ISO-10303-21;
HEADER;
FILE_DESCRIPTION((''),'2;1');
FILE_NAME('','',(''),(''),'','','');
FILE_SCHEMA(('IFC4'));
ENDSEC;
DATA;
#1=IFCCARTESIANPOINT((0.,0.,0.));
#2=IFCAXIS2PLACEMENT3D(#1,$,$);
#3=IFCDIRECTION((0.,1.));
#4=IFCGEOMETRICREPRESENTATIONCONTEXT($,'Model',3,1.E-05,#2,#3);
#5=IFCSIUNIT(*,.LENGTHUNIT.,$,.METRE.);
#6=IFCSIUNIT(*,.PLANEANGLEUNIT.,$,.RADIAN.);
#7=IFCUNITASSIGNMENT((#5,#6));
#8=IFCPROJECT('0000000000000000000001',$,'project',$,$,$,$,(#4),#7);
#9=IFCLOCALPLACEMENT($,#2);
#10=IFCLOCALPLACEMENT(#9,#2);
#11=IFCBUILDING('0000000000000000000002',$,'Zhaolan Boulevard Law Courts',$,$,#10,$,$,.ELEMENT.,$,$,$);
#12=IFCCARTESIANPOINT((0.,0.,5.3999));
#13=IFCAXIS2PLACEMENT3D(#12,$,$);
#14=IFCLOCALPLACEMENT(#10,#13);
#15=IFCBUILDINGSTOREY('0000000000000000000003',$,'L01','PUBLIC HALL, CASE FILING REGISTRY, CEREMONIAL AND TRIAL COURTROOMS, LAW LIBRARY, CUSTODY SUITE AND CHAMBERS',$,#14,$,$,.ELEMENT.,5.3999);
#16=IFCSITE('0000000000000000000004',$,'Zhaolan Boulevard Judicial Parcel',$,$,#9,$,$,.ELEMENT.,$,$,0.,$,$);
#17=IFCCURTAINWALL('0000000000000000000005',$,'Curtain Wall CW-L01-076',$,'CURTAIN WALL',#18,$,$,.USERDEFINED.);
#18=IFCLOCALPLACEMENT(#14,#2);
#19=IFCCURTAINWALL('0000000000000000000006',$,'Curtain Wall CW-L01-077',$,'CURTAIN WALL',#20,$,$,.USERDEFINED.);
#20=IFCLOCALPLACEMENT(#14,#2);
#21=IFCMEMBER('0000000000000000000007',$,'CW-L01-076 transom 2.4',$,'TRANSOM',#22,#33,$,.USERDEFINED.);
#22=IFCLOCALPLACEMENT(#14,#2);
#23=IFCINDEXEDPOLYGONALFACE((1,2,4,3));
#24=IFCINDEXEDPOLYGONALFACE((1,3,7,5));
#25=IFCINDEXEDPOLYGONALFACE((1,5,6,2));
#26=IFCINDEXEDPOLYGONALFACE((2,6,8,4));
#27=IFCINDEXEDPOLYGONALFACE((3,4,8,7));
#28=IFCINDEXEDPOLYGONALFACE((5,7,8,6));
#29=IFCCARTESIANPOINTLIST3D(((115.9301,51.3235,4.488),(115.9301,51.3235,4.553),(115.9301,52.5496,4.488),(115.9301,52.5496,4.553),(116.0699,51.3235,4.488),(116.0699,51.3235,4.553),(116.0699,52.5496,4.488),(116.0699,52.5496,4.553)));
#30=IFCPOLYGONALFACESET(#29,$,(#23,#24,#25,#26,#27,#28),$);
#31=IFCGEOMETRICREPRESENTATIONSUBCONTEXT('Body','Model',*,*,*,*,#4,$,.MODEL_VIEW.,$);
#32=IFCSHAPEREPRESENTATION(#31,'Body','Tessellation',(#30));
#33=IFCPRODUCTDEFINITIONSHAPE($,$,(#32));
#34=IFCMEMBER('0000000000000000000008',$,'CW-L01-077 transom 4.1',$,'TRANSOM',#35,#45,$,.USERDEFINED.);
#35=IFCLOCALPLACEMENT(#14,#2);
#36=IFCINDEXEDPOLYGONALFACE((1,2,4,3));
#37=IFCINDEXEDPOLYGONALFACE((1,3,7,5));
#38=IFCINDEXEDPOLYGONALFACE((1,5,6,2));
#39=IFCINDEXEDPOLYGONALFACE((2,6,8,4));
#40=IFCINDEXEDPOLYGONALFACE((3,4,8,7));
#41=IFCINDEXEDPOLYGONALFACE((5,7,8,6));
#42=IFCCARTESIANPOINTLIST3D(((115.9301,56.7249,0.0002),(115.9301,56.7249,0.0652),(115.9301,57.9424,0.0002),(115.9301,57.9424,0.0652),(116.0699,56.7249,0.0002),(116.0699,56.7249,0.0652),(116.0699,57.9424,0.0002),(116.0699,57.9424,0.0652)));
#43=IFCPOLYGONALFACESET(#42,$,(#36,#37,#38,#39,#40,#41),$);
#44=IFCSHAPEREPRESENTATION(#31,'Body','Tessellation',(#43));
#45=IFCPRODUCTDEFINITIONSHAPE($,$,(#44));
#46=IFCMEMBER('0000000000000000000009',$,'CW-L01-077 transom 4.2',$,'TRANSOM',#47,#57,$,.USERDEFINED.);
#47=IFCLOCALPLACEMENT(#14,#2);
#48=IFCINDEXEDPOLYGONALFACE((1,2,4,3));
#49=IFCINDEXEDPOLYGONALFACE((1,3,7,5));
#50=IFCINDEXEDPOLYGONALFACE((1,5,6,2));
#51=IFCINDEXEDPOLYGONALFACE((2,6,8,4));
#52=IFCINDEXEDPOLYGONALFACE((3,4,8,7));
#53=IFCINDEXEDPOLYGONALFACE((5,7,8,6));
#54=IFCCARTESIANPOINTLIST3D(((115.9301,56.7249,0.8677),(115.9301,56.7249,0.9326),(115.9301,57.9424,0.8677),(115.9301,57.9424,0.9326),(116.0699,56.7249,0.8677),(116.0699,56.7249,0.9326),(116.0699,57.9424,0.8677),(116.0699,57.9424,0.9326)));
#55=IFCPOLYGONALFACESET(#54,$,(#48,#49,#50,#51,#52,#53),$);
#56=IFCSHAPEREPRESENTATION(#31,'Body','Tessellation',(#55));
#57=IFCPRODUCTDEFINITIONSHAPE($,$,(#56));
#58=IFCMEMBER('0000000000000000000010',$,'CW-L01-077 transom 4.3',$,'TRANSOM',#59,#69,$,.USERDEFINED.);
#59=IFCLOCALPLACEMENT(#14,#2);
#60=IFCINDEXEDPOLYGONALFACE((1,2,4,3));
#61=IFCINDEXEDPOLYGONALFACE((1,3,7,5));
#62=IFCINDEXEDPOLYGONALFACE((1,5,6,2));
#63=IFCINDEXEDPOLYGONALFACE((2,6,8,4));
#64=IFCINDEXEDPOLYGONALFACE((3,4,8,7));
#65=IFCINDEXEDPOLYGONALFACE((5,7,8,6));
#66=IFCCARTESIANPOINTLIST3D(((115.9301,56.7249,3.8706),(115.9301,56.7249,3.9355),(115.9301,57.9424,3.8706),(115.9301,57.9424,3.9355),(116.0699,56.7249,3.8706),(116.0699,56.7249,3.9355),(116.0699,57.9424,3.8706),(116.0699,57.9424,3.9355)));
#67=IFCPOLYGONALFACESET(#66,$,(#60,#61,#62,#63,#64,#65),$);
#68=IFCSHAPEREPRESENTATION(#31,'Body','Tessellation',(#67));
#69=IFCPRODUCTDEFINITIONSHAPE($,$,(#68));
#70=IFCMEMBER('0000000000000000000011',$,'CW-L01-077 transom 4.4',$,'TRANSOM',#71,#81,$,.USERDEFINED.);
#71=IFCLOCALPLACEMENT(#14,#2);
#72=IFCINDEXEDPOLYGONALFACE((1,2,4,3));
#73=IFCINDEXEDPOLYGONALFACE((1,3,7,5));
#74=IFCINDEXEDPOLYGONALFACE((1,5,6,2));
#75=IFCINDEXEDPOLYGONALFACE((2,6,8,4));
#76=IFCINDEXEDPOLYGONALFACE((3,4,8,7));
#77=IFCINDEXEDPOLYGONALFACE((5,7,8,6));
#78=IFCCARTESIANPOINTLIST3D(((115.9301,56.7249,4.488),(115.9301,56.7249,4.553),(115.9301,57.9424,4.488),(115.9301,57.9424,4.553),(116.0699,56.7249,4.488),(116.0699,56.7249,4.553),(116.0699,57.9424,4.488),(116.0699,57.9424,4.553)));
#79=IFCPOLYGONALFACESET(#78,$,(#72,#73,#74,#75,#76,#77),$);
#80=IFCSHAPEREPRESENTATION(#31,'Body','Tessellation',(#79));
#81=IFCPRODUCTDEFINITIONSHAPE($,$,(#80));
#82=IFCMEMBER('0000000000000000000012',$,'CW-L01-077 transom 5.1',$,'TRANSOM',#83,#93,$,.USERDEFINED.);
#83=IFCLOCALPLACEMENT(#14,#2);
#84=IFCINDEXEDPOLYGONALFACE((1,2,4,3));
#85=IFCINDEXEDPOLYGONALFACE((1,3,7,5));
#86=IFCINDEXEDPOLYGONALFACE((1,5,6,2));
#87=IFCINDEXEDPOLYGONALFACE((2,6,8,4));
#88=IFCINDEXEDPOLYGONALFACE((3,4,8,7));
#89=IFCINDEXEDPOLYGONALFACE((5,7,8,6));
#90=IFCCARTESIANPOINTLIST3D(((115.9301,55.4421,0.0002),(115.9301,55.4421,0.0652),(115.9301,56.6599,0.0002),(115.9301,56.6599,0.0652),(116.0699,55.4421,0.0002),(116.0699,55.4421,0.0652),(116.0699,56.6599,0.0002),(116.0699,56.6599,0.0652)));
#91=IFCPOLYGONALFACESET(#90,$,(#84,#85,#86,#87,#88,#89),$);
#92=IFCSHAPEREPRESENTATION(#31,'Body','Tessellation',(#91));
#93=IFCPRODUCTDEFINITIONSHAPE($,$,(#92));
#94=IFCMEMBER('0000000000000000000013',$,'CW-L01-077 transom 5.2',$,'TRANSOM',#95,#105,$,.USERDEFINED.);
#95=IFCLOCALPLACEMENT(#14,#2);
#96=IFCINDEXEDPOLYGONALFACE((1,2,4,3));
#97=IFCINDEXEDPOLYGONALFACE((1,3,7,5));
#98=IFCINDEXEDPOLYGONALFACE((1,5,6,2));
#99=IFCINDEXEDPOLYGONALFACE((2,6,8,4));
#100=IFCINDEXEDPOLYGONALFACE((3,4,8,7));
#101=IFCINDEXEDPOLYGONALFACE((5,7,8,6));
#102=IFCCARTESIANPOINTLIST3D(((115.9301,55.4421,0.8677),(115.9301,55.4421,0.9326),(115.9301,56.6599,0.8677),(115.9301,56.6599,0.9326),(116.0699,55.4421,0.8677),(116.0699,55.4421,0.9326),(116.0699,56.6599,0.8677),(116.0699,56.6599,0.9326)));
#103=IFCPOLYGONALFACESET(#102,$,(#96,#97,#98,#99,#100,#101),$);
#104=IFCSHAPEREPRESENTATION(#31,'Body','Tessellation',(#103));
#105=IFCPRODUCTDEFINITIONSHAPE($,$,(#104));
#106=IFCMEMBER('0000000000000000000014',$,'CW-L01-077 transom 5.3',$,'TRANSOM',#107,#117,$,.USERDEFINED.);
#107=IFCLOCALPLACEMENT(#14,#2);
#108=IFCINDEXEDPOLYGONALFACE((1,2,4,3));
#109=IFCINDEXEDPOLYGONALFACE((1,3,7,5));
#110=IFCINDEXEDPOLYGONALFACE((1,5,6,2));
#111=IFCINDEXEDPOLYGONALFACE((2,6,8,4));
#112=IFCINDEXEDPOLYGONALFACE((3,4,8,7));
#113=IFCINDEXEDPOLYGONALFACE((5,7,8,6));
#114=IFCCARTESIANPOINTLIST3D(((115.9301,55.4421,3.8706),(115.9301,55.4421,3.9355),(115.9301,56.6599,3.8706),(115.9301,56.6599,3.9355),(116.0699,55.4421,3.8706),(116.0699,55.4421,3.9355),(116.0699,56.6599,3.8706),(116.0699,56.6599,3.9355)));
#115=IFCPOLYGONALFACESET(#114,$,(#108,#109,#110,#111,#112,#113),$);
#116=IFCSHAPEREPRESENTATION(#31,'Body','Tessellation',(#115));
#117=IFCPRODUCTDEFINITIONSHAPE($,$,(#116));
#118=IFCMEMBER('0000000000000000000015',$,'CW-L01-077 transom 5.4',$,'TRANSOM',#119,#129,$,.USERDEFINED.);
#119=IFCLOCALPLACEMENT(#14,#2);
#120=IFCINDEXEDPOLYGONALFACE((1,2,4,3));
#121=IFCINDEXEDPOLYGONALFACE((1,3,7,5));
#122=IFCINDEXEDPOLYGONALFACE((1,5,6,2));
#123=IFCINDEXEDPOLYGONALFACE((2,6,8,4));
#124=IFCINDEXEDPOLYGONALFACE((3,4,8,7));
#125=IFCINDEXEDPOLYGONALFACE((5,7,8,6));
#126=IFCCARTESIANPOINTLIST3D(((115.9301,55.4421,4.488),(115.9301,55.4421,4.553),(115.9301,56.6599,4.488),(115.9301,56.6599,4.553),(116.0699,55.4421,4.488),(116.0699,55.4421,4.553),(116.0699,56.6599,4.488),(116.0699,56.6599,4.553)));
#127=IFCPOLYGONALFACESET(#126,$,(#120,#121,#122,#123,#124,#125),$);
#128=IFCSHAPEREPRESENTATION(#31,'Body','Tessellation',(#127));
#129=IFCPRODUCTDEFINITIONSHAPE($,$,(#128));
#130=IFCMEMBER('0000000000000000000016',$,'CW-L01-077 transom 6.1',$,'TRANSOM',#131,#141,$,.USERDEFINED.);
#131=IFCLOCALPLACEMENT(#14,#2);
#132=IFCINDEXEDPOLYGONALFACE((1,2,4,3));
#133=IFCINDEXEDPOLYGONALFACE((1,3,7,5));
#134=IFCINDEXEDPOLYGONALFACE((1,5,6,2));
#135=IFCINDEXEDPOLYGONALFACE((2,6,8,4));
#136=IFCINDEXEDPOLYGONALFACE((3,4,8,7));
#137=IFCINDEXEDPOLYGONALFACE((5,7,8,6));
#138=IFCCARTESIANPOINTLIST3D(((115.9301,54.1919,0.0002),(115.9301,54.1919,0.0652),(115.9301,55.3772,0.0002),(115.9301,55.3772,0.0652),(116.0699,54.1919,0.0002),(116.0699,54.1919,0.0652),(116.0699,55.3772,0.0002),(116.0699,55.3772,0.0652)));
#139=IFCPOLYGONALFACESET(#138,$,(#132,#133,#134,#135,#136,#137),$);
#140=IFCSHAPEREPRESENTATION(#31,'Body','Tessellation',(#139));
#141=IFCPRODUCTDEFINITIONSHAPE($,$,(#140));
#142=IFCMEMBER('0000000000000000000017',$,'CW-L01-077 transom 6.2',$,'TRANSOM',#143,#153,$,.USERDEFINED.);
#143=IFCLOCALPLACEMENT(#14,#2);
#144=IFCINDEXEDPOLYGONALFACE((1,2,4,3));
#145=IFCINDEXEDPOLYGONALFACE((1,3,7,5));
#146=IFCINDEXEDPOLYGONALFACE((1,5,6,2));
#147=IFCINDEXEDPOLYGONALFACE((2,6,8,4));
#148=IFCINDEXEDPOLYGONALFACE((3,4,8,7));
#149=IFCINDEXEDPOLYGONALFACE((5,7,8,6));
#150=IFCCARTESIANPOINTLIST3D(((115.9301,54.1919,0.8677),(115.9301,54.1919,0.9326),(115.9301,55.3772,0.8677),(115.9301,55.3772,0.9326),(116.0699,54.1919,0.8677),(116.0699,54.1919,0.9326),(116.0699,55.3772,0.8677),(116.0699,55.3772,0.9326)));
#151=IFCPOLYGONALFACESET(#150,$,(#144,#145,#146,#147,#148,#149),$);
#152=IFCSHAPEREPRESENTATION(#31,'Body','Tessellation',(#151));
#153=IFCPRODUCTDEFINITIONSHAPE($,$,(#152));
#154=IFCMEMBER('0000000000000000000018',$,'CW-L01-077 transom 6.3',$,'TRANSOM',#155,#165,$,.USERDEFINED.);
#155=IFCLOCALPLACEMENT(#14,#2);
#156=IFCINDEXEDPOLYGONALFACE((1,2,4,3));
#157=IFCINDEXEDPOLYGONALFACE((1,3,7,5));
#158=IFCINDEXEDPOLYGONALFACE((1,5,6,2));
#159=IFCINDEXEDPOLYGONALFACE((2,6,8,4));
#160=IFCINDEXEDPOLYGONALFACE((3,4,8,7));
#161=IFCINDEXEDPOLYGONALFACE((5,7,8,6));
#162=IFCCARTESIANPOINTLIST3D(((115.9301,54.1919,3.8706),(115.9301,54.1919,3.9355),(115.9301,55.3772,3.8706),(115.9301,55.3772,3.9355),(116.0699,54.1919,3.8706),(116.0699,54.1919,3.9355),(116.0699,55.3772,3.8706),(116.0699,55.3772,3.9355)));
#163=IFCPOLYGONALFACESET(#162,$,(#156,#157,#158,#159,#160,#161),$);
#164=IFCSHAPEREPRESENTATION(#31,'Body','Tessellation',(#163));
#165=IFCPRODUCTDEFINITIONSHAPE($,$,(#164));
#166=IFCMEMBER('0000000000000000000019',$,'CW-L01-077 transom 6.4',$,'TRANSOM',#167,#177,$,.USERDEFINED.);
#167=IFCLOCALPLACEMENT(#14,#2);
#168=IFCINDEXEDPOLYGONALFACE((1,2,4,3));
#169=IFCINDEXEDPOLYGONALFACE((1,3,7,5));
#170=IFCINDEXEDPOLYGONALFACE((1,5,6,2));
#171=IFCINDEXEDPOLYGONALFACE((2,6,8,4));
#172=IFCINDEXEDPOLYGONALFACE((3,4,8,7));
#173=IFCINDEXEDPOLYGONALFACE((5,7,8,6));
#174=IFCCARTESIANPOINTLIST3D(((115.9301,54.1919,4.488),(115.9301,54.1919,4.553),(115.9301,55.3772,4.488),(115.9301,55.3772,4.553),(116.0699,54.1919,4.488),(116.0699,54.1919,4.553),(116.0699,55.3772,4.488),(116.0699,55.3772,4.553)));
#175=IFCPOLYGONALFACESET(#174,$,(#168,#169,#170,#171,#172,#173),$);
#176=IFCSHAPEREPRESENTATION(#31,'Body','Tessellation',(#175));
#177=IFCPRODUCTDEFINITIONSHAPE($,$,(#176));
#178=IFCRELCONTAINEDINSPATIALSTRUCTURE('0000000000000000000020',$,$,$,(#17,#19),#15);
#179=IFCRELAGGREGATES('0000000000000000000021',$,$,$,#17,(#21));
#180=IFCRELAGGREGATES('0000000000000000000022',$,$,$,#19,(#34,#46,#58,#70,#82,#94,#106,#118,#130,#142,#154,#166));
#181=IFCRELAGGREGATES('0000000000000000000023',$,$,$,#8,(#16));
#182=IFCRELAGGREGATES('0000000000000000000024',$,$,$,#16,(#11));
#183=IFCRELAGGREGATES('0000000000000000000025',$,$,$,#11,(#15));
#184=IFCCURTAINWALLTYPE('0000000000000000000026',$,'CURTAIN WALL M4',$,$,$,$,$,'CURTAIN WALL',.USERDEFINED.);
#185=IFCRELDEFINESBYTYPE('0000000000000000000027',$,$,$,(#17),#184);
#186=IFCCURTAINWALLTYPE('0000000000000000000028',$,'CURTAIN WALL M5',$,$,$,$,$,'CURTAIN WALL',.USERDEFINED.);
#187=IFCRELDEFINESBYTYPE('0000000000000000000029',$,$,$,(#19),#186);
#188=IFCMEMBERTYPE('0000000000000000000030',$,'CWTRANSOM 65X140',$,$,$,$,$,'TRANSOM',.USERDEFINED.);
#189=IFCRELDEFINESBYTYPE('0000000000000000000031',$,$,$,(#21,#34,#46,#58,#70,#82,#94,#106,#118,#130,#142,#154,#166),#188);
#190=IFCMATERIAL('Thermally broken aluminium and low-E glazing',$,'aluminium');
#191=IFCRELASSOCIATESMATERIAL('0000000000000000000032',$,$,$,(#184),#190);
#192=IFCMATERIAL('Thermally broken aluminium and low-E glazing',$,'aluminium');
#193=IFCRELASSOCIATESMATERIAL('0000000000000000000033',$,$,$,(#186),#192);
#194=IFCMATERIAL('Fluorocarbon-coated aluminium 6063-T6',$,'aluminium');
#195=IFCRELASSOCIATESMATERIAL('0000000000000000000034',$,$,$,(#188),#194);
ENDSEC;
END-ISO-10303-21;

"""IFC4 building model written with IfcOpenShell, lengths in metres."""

from ifc_helpers import new_model, si_unit, direction, frame, origin, origin_2d, place, context, subcontext, project, spatial, rectangle, extrude, material, material_profile, profile_set, type_object, element, aggregate, save


model = new_model("IFC4")

# Units and contexts
model_context = context("Model", 3, precision=1e-05, world=origin(), true_north=direction((0.0, 1.0)))
body_context = subcontext(model_context, "Body", "Model", "MODEL_VIEW")
ifc_project = project(units=[si_unit("LENGTHUNIT", "METRE"), si_unit("PLANEANGLEUNIT", "RADIAN")], contexts=[model_context])

# Site, building, storey
site_placement = place(None, origin())
site = spatial("IfcSite", under=ifc_project, at=site_placement, Name="Zhaolan Boulevard Judicial Parcel", CompositionType="ELEMENT", RefElevation=0.0)
building_placement = place(site_placement, origin())
building = spatial("IfcBuilding", under=site, at=building_placement, Name="Zhaolan Boulevard Law Courts", CompositionType="ELEMENT")
storey_placement = place(building_placement, frame((0.0, 0.0, 5.3999)))
storey = spatial("IfcBuildingStorey", under=building, at=storey_placement, Name="L01", Description="PUBLIC HALL, CASE FILING REGISTRY, CEREMONIAL AND TRIAL COURTROOMS, LAW LIBRARY, CUSTODY SUITE AND CHAMBERS", CompositionType="ELEMENT", Elevation=5.3999)

# Curtain walls
ifc_material_1 = material(Name="Thermally broken aluminium and low-E glazing", Category="aluminium")
curtain_wall_type_1 = type_object("IfcCurtainWallType", Name="CURTAIN WALL M4", ElementType="CURTAIN WALL", PredefinedType="USERDEFINED", material=ifc_material_1)
curtain_wall_1_placement = place(storey_placement, origin())
curtain_wall_1 = element("IfcCurtainWall", 1, at=curtain_wall_1_placement, inside=storey, type_object=curtain_wall_type_1, Name="Curtain Wall CW-L01-076", ObjectType="CURTAIN WALL", PredefinedType="USERDEFINED")
ifc_material_2 = material(Name="Thermally broken aluminium and low-E glazing", Category="aluminium")
curtain_wall_type_2 = type_object("IfcCurtainWallType", Name="CURTAIN WALL M5", ElementType="CURTAIN WALL", PredefinedType="USERDEFINED", material=ifc_material_2)
curtain_wall_2_placement = place(storey_placement, origin())
curtain_wall_2 = element("IfcCurtainWall", 2, at=curtain_wall_2_placement, inside=storey, type_object=curtain_wall_type_2, Name="Curtain Wall CW-L01-077", ObjectType="CURTAIN WALL", PredefinedType="USERDEFINED")

# Members
ifc_material_3 = material(Name="Fluorocarbon-coated aluminium 6063-T6", Category="aluminium")
ifc_material_profile_1 = material_profile(ifc_material_3, rectangle(XDim=0.1399, YDim=0.0649, at=origin_2d()), Name="AL65x140")
ifc_profile_set_1 = profile_set([ifc_material_profile_1], Name="Fluorocarbon-coated aluminium 6063-T6")
member_type_1 = type_object("IfcMemberType", Name="CWTRANSOM 65X140", ElementType="TRANSOM", PredefinedType="USERDEFINED", material=ifc_profile_set_1)
member_1_placement = place(storey_placement, frame((116.0, 52.5496, 4.5205), z_axis=(0.0, -1.0, 0.0), x_axis=(1.0, 0.0, 0.0)))
member_1 = element("IfcMember", 3, at=member_1_placement, type_object=member_type_1, Name="CW-L01-076 transom 2.4", ObjectType="TRANSOM", PredefinedType="USERDEFINED", context=body_context, shape_type="SweptSolid", body=[
    extrude(rectangle(XDim=0.1399, YDim=0.0649, at=origin_2d()), origin(), (0.0, 0.0, 1.0), 1.2261),
])
member_2_placement = place(storey_placement, frame((116.0, 57.9424, 0.0327), z_axis=(0.0, -1.0, 0.0), x_axis=(1.0, 0.0, 0.0)))
member_2 = element("IfcMember", 4, at=member_2_placement, type_object=member_type_1, Name="CW-L01-077 transom 4.1", ObjectType="TRANSOM", PredefinedType="USERDEFINED", context=body_context, shape_type="SweptSolid", body=[
    extrude(rectangle(XDim=0.1399, YDim=0.0649, at=origin_2d()), origin(), (0.0, 0.0, 1.0), 1.2175),
])
member_3_placement = place(storey_placement, frame((116.0, 57.9424, 0.9001), z_axis=(0.0, -1.0, 0.0), x_axis=(1.0, 0.0, 0.0)))
member_3 = element("IfcMember", 5, at=member_3_placement, type_object=member_type_1, Name="CW-L01-077 transom 4.2", ObjectType="TRANSOM", PredefinedType="USERDEFINED", context=body_context, shape_type="SweptSolid", body=[
    extrude(rectangle(XDim=0.1399, YDim=0.0649, at=origin_2d()), origin(), (0.0, 0.0, 1.0), 1.2175),
])
member_4_placement = place(storey_placement, frame((116.0, 57.9424, 3.9031), z_axis=(0.0, -1.0, 0.0), x_axis=(1.0, 0.0, 0.0)))
member_4 = element("IfcMember", 6, at=member_4_placement, type_object=member_type_1, Name="CW-L01-077 transom 4.3", ObjectType="TRANSOM", PredefinedType="USERDEFINED", context=body_context, shape_type="SweptSolid", body=[
    extrude(rectangle(XDim=0.1399, YDim=0.0649, at=origin_2d()), origin(), (0.0, 0.0, 1.0), 1.2175),
])
member_5_placement = place(storey_placement, frame((116.0, 57.9424, 4.5205), z_axis=(0.0, -1.0, 0.0), x_axis=(1.0, 0.0, 0.0)))
member_5 = element("IfcMember", 7, at=member_5_placement, type_object=member_type_1, Name="CW-L01-077 transom 4.4", ObjectType="TRANSOM", PredefinedType="USERDEFINED", context=body_context, shape_type="SweptSolid", body=[
    extrude(rectangle(XDim=0.1399, YDim=0.0649, at=origin_2d()), origin(), (0.0, 0.0, 1.0), 1.2175),
])
member_6_placement = place(storey_placement, frame((116.0, 56.6599, 0.0327), z_axis=(0.0, -1.0, 0.0), x_axis=(1.0, 0.0, 0.0)))
member_6 = element("IfcMember", 8, at=member_6_placement, type_object=member_type_1, Name="CW-L01-077 transom 5.1", ObjectType="TRANSOM", PredefinedType="USERDEFINED", context=body_context, shape_type="SweptSolid", body=[
    extrude(rectangle(XDim=0.1399, YDim=0.0649, at=origin_2d()), origin(), (0.0, 0.0, 1.0), 1.2178),
])
member_7_placement = place(storey_placement, frame((116.0, 56.6599, 0.9001), z_axis=(0.0, -1.0, 0.0), x_axis=(1.0, 0.0, 0.0)))
member_7 = element("IfcMember", 9, at=member_7_placement, type_object=member_type_1, Name="CW-L01-077 transom 5.2", ObjectType="TRANSOM", PredefinedType="USERDEFINED", context=body_context, shape_type="SweptSolid", body=[
    extrude(rectangle(XDim=0.1399, YDim=0.0649, at=origin_2d()), origin(), (0.0, 0.0, 1.0), 1.2178),
])
member_8_placement = place(storey_placement, frame((116.0, 56.6599, 3.9031), z_axis=(0.0, -1.0, 0.0), x_axis=(1.0, 0.0, 0.0)))
member_8 = element("IfcMember", 10, at=member_8_placement, type_object=member_type_1, Name="CW-L01-077 transom 5.3", ObjectType="TRANSOM", PredefinedType="USERDEFINED", context=body_context, shape_type="SweptSolid", body=[
    extrude(rectangle(XDim=0.1399, YDim=0.0649, at=origin_2d()), origin(), (0.0, 0.0, 1.0), 1.2178),
])
member_9_placement = place(storey_placement, frame((116.0, 56.6599, 4.5205), z_axis=(0.0, -1.0, 0.0), x_axis=(1.0, 0.0, 0.0)))
member_9 = element("IfcMember", 11, at=member_9_placement, type_object=member_type_1, Name="CW-L01-077 transom 5.4", ObjectType="TRANSOM", PredefinedType="USERDEFINED", context=body_context, shape_type="SweptSolid", body=[
    extrude(rectangle(XDim=0.1399, YDim=0.0649, at=origin_2d()), origin(), (0.0, 0.0, 1.0), 1.2178),
])
member_10_placement = place(storey_placement, frame((116.0, 55.3772, 0.0327), z_axis=(0.0, -1.0, 0.0), x_axis=(1.0, 0.0, 0.0)))
member_10 = element("IfcMember", 12, at=member_10_placement, type_object=member_type_1, Name="CW-L01-077 transom 6.1", ObjectType="TRANSOM", PredefinedType="USERDEFINED", context=body_context, shape_type="SweptSolid", body=[
    extrude(rectangle(XDim=0.1399, YDim=0.0649, at=origin_2d()), origin(), (0.0, 0.0, 1.0), 1.1853),
])
member_11_placement = place(storey_placement, frame((116.0, 55.3772, 0.9001), z_axis=(0.0, -1.0, 0.0), x_axis=(1.0, 0.0, 0.0)))
member_11 = element("IfcMember", 13, at=member_11_placement, type_object=member_type_1, Name="CW-L01-077 transom 6.2", ObjectType="TRANSOM", PredefinedType="USERDEFINED", context=body_context, shape_type="SweptSolid", body=[
    extrude(rectangle(XDim=0.1399, YDim=0.0649, at=origin_2d()), origin(), (0.0, 0.0, 1.0), 1.1853),
])
member_12_placement = place(storey_placement, frame((116.0, 55.3772, 3.9031), z_axis=(0.0, -1.0, 0.0), x_axis=(1.0, 0.0, 0.0)))
member_12 = element("IfcMember", 14, at=member_12_placement, type_object=member_type_1, Name="CW-L01-077 transom 6.3", ObjectType="TRANSOM", PredefinedType="USERDEFINED", context=body_context, shape_type="SweptSolid", body=[
    extrude(rectangle(XDim=0.1399, YDim=0.0649, at=origin_2d()), origin(), (0.0, 0.0, 1.0), 1.1853),
])
member_13_placement = place(storey_placement, frame((116.0, 55.3772, 4.5205), z_axis=(0.0, -1.0, 0.0), x_axis=(1.0, 0.0, 0.0)))
member_13 = element("IfcMember", 15, at=member_13_placement, type_object=member_type_1, Name="CW-L01-077 transom 6.4", ObjectType="TRANSOM", PredefinedType="USERDEFINED", context=body_context, shape_type="SweptSolid", body=[
    extrude(rectangle(XDim=0.1399, YDim=0.0649, at=origin_2d()), origin(), (0.0, 0.0, 1.0), 1.1853),
])

aggregate(curtain_wall_1, [member_1])
aggregate(curtain_wall_2, [member_2, member_3, member_4, member_5, member_6, member_7, member_8, member_9, member_10, member_11, member_12, member_13])

save(model, "model.ifc")
